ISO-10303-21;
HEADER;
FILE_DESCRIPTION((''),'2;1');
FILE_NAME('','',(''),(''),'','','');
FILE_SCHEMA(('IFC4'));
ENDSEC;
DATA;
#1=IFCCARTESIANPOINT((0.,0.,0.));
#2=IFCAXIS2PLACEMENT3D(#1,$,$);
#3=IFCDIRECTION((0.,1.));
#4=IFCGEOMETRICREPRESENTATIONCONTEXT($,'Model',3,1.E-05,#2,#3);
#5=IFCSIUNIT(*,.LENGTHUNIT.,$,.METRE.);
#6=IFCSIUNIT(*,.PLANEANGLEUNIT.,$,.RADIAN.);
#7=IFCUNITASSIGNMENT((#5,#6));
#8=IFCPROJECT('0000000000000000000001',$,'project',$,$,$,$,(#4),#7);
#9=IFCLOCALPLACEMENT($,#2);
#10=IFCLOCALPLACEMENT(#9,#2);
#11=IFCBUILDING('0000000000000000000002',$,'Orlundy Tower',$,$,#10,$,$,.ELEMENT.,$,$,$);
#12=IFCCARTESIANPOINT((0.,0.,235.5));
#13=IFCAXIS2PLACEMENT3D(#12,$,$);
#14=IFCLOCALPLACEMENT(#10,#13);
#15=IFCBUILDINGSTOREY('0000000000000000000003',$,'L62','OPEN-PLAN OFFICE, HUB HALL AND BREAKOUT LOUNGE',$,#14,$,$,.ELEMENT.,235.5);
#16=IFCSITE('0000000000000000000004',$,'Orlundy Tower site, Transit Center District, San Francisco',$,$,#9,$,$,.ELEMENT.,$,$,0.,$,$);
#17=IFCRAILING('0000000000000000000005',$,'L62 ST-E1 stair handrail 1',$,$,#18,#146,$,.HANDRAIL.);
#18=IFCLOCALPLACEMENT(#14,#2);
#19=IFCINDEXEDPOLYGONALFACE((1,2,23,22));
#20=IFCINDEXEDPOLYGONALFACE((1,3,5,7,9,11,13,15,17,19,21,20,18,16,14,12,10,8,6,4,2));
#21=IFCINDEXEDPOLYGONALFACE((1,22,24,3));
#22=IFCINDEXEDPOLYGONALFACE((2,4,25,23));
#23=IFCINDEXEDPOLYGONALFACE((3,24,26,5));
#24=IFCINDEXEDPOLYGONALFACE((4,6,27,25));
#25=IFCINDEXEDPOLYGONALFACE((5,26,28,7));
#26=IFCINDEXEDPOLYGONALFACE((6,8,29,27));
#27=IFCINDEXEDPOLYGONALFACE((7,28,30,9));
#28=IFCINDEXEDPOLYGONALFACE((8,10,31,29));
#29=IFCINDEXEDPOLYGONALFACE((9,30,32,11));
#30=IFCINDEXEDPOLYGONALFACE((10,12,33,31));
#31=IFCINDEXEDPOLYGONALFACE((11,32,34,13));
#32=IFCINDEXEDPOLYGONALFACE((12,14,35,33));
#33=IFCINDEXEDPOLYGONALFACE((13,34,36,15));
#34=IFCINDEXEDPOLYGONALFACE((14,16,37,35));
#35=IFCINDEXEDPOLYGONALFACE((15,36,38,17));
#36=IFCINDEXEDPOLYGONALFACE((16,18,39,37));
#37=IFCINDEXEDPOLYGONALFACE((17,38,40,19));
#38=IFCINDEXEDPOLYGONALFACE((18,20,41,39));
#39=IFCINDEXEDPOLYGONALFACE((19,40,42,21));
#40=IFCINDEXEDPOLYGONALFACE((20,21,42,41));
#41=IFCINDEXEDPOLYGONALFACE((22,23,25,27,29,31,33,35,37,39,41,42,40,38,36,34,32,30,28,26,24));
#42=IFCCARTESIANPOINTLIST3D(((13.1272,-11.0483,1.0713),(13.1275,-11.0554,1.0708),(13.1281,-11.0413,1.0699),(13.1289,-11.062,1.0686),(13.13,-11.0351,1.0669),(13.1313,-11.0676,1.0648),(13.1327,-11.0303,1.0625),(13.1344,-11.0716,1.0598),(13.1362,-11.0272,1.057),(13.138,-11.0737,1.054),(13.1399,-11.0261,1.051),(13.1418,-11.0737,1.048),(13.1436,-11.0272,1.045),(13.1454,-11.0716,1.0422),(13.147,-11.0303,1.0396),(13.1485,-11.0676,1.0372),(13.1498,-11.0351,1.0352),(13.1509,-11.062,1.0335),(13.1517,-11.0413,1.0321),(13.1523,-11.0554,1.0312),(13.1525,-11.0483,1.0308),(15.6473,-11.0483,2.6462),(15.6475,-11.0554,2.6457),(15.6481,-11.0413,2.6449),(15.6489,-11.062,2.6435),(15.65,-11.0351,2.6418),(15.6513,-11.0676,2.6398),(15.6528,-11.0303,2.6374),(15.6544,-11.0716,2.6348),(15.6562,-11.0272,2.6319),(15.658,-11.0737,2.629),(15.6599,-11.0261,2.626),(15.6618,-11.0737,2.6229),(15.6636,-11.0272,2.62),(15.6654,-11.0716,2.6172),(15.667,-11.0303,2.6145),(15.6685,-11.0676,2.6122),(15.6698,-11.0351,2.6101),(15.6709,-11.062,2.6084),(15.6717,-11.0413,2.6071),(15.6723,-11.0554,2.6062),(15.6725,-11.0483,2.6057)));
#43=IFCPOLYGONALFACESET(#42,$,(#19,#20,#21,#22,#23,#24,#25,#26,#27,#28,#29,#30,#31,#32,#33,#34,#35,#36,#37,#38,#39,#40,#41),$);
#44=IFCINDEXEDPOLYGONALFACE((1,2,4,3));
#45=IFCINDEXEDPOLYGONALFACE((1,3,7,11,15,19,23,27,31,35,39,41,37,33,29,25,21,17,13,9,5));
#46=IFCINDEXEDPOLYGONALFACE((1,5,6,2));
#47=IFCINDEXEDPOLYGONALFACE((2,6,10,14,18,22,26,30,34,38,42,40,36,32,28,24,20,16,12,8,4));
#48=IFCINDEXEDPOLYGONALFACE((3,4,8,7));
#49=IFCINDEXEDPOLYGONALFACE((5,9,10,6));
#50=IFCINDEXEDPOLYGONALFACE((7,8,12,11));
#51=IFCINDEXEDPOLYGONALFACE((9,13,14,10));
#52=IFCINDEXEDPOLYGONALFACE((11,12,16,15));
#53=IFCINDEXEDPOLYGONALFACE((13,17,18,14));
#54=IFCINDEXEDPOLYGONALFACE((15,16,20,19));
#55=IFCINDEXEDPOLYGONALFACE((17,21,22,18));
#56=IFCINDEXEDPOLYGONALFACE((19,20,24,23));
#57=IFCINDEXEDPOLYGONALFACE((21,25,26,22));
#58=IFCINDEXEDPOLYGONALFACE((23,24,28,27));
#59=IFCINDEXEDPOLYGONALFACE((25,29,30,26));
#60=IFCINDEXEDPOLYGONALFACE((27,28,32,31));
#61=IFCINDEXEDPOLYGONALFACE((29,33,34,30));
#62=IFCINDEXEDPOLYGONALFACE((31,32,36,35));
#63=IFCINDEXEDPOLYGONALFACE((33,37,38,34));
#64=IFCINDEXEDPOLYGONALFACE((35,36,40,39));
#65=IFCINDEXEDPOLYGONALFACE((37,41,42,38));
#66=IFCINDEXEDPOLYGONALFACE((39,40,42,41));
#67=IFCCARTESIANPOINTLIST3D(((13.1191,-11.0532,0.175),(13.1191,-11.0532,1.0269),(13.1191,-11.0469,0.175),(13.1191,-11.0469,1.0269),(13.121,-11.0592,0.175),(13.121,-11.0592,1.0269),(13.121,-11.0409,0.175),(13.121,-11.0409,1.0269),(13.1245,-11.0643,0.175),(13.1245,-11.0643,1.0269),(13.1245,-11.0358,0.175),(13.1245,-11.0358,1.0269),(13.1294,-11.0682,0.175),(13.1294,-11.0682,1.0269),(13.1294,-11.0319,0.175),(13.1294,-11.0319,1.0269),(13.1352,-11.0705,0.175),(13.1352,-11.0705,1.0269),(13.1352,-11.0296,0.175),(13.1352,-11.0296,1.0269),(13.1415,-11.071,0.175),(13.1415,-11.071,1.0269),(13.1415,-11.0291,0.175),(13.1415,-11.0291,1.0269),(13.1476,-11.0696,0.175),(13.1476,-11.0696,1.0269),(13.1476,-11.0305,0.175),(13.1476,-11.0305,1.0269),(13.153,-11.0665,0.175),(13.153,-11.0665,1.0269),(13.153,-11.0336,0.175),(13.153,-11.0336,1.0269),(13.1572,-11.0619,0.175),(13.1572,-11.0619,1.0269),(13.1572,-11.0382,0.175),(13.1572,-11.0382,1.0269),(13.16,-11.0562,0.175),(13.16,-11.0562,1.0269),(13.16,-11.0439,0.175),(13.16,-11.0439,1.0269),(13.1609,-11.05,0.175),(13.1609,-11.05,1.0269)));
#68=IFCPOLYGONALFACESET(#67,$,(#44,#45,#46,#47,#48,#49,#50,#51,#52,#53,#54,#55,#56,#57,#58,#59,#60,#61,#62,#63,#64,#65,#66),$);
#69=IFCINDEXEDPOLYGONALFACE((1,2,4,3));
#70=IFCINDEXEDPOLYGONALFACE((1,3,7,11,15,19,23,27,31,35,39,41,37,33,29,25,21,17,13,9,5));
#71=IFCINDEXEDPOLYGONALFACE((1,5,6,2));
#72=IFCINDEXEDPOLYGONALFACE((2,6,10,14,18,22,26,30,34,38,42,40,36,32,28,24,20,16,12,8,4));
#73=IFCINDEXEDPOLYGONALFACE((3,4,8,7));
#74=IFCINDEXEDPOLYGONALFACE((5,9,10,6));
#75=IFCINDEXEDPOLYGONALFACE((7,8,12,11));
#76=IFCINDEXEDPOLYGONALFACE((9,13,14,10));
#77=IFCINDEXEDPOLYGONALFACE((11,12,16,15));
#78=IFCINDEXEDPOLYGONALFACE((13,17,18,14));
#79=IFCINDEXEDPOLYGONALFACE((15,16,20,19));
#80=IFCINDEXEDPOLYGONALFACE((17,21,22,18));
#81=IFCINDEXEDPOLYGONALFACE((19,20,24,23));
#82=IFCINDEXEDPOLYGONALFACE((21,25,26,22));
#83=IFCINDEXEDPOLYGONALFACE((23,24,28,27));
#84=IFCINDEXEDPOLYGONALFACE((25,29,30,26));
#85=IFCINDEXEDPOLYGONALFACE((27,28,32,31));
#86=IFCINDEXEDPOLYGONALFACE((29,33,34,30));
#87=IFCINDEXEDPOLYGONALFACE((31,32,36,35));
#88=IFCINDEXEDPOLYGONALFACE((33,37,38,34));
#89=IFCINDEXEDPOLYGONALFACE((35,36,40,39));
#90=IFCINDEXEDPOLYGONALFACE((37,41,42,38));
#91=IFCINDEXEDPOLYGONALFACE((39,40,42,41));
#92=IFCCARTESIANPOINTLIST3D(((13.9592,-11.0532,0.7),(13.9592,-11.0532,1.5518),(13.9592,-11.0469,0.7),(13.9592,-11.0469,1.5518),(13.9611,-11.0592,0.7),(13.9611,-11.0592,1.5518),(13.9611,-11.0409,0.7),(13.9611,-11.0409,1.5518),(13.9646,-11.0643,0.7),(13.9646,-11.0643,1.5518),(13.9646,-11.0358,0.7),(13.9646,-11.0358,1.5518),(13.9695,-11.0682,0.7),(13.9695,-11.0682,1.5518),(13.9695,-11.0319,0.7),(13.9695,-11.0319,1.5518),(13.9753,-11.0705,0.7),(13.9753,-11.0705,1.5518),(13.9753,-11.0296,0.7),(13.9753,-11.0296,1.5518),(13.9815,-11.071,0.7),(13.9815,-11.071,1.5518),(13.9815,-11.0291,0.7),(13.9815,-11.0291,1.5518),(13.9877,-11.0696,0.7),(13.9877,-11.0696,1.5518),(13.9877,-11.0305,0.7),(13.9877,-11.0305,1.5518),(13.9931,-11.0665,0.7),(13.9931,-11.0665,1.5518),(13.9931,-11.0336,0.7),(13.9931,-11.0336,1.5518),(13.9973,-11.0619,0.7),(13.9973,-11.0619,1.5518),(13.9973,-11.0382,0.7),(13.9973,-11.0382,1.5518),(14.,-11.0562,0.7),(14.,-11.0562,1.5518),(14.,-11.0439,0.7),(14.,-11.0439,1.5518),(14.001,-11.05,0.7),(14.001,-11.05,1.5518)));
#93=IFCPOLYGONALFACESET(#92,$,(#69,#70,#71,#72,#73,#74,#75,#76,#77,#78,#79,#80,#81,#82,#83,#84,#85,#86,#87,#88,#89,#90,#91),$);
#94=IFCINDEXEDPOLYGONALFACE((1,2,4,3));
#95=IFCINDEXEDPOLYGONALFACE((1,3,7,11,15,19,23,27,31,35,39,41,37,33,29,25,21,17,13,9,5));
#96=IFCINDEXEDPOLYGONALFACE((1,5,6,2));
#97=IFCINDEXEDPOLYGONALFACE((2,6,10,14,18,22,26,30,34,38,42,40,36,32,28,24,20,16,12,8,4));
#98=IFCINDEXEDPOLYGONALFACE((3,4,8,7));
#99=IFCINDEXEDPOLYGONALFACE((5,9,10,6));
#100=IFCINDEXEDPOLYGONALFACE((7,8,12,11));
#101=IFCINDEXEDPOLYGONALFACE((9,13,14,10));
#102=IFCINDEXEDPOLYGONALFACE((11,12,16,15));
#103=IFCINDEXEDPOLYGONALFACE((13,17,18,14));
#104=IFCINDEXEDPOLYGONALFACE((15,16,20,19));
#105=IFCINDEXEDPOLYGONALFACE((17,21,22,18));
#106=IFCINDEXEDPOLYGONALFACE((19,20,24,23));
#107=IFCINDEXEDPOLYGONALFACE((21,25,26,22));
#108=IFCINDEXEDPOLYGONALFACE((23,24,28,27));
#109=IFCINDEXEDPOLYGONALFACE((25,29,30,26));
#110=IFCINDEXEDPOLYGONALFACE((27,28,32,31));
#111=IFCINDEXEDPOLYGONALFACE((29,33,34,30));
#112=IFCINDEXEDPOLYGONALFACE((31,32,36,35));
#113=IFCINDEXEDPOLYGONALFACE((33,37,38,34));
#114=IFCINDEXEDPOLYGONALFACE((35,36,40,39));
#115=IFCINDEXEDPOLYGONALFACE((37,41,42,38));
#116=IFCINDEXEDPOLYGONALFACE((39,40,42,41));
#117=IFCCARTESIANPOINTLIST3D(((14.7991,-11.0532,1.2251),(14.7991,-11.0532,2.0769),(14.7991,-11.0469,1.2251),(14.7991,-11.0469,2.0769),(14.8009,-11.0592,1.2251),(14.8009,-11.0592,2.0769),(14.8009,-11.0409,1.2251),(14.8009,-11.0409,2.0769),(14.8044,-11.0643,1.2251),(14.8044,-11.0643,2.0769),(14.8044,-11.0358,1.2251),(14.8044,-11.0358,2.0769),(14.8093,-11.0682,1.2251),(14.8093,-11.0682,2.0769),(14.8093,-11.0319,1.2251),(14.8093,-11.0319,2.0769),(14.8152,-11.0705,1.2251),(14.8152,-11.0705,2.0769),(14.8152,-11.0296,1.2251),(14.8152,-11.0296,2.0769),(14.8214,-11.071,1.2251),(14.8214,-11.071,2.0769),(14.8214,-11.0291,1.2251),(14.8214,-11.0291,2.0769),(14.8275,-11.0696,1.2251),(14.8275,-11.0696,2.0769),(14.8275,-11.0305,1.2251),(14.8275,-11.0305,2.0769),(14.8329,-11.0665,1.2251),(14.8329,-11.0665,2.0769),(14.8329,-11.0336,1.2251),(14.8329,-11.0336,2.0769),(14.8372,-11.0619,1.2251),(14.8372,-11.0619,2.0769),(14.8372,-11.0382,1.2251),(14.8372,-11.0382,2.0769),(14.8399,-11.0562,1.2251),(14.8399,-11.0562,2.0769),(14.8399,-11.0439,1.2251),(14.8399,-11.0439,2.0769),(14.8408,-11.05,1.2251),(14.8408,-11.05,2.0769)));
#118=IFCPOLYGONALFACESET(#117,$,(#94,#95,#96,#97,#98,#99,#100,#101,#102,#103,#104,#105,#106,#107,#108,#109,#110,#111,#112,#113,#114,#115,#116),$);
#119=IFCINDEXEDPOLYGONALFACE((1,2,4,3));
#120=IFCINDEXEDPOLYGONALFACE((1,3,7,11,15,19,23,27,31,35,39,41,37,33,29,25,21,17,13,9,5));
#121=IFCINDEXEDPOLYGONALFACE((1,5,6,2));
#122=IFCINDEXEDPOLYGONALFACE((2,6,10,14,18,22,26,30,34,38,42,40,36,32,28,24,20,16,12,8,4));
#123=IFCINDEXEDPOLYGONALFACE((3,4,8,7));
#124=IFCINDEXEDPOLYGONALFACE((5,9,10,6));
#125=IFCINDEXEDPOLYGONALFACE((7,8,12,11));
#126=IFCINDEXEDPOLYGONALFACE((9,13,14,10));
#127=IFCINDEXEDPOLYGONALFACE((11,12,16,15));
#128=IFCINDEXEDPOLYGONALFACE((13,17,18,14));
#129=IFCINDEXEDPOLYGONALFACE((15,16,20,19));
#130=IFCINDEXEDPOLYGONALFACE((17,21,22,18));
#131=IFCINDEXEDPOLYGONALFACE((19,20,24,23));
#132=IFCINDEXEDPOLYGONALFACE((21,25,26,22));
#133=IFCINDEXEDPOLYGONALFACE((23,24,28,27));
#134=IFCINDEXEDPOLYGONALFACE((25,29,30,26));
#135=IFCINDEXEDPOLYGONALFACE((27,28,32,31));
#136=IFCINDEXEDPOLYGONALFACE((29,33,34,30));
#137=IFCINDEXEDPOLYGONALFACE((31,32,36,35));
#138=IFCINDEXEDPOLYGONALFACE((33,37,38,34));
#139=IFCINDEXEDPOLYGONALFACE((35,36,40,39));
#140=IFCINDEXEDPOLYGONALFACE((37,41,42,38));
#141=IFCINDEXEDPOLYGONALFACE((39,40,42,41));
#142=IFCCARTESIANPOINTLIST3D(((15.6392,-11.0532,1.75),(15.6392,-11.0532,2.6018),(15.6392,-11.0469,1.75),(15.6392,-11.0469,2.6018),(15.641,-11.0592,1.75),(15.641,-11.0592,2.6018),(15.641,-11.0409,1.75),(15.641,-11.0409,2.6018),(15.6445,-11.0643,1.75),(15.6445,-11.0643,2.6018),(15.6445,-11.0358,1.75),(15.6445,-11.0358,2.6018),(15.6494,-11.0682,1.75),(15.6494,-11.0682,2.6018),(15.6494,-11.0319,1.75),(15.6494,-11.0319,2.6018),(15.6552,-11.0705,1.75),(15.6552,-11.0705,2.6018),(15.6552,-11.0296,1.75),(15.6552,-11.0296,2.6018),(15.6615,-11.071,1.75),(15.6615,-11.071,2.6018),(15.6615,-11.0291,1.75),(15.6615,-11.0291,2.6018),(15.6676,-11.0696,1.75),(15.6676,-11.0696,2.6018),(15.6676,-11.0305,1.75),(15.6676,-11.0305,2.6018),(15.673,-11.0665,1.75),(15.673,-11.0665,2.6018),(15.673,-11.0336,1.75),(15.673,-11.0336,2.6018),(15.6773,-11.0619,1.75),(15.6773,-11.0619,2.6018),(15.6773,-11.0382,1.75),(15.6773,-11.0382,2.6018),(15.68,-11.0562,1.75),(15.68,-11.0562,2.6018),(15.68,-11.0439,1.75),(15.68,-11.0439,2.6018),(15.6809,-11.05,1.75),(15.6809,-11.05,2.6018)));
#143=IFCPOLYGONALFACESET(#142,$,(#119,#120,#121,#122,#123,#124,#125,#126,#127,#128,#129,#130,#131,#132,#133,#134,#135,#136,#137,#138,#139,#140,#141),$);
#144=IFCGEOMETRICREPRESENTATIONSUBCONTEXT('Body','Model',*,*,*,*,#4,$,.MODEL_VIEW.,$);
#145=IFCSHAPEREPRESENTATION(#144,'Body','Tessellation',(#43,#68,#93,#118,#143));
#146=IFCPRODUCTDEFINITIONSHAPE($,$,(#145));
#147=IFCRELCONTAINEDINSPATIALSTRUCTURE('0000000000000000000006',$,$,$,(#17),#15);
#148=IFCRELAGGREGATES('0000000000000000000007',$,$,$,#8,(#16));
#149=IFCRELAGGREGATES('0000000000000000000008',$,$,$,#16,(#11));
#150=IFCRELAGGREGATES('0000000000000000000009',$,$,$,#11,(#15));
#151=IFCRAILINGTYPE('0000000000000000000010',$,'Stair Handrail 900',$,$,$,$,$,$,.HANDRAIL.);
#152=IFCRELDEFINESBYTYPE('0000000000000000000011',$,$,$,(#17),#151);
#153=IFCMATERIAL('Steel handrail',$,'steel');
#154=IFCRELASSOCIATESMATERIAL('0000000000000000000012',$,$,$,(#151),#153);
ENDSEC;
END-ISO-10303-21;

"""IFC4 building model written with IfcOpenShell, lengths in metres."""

from ifc_helpers import new_model, si_unit, direction, frame, origin, origin_2d, place, context, subcontext, project, spatial, circle, extrude, material, type_object, element, save


model = new_model("IFC4")

# Units and contexts
model_context = context("Model", 3, precision=1e-05, world=origin(), true_north=direction((0.0, 1.0)))
body_context = subcontext(model_context, "Body", "Model", "MODEL_VIEW")
ifc_project = project(units=[si_unit("LENGTHUNIT", "METRE"), si_unit("PLANEANGLEUNIT", "RADIAN")], contexts=[model_context])

# Site, building, storey
site_placement = place(None, origin())
site = spatial("IfcSite", under=ifc_project, at=site_placement, Name="Orlundy Tower site, Transit Center District, San Francisco", CompositionType="ELEMENT", RefElevation=0.0)
building_placement = place(site_placement, origin())
building = spatial("IfcBuilding", under=site, at=building_placement, Name="Orlundy Tower", CompositionType="ELEMENT")
storey_placement = place(building_placement, frame((0.0, 0.0, 235.5)))
storey = spatial("IfcBuildingStorey", under=building, at=storey_placement, Name="L62", Description="OPEN-PLAN OFFICE, HUB HALL AND BREAKOUT LOUNGE", CompositionType="ELEMENT", Elevation=235.5)

# Railing
ifc_material_1 = material(Name="Steel handrail", Category="steel")
railing_type_1 = type_object("IfcRailingType", Name="Stair Handrail 900", PredefinedType="HANDRAIL", material=ifc_material_1)
railing_1_placement = place(storey_placement, frame((13.1399, -11.05, 0.175)))
element("IfcRailing", 1, at=railing_1_placement, inside=storey, type_object=railing_type_1, Name="L62 ST-E1 stair handrail 1", PredefinedType="HANDRAIL", context=body_context, shape_type="SweptSolid", body=[
    extrude(circle(Radius=0.0239, at=origin_2d()), frame((0.0, 0.0, 0.876), z_axis=(0.848008, 0.0, 0.529984), x_axis=(0.0, 1.0, 0.0)), (0.0, 0.0, 1.0), 2.9717),
    extrude(circle(Radius=0.021, at=origin_2d()), origin(), (0.0, 0.0, 1.0), 0.8518),
    extrude(circle(Radius=0.021, at=origin_2d()), frame((0.8401, 0.0, 0.5249)), (0.0, 0.0, 1.0), 0.8518),
    extrude(circle(Radius=0.021, at=origin_2d()), frame((1.6799, 0.0, 1.05)), (0.0, 0.0, 1.0), 0.8518),
    extrude(circle(Radius=0.021, at=origin_2d()), frame((2.52, 0.0, 1.575)), (0.0, 0.0, 1.0), 0.8518),
])

save(model, "model.ifc")
